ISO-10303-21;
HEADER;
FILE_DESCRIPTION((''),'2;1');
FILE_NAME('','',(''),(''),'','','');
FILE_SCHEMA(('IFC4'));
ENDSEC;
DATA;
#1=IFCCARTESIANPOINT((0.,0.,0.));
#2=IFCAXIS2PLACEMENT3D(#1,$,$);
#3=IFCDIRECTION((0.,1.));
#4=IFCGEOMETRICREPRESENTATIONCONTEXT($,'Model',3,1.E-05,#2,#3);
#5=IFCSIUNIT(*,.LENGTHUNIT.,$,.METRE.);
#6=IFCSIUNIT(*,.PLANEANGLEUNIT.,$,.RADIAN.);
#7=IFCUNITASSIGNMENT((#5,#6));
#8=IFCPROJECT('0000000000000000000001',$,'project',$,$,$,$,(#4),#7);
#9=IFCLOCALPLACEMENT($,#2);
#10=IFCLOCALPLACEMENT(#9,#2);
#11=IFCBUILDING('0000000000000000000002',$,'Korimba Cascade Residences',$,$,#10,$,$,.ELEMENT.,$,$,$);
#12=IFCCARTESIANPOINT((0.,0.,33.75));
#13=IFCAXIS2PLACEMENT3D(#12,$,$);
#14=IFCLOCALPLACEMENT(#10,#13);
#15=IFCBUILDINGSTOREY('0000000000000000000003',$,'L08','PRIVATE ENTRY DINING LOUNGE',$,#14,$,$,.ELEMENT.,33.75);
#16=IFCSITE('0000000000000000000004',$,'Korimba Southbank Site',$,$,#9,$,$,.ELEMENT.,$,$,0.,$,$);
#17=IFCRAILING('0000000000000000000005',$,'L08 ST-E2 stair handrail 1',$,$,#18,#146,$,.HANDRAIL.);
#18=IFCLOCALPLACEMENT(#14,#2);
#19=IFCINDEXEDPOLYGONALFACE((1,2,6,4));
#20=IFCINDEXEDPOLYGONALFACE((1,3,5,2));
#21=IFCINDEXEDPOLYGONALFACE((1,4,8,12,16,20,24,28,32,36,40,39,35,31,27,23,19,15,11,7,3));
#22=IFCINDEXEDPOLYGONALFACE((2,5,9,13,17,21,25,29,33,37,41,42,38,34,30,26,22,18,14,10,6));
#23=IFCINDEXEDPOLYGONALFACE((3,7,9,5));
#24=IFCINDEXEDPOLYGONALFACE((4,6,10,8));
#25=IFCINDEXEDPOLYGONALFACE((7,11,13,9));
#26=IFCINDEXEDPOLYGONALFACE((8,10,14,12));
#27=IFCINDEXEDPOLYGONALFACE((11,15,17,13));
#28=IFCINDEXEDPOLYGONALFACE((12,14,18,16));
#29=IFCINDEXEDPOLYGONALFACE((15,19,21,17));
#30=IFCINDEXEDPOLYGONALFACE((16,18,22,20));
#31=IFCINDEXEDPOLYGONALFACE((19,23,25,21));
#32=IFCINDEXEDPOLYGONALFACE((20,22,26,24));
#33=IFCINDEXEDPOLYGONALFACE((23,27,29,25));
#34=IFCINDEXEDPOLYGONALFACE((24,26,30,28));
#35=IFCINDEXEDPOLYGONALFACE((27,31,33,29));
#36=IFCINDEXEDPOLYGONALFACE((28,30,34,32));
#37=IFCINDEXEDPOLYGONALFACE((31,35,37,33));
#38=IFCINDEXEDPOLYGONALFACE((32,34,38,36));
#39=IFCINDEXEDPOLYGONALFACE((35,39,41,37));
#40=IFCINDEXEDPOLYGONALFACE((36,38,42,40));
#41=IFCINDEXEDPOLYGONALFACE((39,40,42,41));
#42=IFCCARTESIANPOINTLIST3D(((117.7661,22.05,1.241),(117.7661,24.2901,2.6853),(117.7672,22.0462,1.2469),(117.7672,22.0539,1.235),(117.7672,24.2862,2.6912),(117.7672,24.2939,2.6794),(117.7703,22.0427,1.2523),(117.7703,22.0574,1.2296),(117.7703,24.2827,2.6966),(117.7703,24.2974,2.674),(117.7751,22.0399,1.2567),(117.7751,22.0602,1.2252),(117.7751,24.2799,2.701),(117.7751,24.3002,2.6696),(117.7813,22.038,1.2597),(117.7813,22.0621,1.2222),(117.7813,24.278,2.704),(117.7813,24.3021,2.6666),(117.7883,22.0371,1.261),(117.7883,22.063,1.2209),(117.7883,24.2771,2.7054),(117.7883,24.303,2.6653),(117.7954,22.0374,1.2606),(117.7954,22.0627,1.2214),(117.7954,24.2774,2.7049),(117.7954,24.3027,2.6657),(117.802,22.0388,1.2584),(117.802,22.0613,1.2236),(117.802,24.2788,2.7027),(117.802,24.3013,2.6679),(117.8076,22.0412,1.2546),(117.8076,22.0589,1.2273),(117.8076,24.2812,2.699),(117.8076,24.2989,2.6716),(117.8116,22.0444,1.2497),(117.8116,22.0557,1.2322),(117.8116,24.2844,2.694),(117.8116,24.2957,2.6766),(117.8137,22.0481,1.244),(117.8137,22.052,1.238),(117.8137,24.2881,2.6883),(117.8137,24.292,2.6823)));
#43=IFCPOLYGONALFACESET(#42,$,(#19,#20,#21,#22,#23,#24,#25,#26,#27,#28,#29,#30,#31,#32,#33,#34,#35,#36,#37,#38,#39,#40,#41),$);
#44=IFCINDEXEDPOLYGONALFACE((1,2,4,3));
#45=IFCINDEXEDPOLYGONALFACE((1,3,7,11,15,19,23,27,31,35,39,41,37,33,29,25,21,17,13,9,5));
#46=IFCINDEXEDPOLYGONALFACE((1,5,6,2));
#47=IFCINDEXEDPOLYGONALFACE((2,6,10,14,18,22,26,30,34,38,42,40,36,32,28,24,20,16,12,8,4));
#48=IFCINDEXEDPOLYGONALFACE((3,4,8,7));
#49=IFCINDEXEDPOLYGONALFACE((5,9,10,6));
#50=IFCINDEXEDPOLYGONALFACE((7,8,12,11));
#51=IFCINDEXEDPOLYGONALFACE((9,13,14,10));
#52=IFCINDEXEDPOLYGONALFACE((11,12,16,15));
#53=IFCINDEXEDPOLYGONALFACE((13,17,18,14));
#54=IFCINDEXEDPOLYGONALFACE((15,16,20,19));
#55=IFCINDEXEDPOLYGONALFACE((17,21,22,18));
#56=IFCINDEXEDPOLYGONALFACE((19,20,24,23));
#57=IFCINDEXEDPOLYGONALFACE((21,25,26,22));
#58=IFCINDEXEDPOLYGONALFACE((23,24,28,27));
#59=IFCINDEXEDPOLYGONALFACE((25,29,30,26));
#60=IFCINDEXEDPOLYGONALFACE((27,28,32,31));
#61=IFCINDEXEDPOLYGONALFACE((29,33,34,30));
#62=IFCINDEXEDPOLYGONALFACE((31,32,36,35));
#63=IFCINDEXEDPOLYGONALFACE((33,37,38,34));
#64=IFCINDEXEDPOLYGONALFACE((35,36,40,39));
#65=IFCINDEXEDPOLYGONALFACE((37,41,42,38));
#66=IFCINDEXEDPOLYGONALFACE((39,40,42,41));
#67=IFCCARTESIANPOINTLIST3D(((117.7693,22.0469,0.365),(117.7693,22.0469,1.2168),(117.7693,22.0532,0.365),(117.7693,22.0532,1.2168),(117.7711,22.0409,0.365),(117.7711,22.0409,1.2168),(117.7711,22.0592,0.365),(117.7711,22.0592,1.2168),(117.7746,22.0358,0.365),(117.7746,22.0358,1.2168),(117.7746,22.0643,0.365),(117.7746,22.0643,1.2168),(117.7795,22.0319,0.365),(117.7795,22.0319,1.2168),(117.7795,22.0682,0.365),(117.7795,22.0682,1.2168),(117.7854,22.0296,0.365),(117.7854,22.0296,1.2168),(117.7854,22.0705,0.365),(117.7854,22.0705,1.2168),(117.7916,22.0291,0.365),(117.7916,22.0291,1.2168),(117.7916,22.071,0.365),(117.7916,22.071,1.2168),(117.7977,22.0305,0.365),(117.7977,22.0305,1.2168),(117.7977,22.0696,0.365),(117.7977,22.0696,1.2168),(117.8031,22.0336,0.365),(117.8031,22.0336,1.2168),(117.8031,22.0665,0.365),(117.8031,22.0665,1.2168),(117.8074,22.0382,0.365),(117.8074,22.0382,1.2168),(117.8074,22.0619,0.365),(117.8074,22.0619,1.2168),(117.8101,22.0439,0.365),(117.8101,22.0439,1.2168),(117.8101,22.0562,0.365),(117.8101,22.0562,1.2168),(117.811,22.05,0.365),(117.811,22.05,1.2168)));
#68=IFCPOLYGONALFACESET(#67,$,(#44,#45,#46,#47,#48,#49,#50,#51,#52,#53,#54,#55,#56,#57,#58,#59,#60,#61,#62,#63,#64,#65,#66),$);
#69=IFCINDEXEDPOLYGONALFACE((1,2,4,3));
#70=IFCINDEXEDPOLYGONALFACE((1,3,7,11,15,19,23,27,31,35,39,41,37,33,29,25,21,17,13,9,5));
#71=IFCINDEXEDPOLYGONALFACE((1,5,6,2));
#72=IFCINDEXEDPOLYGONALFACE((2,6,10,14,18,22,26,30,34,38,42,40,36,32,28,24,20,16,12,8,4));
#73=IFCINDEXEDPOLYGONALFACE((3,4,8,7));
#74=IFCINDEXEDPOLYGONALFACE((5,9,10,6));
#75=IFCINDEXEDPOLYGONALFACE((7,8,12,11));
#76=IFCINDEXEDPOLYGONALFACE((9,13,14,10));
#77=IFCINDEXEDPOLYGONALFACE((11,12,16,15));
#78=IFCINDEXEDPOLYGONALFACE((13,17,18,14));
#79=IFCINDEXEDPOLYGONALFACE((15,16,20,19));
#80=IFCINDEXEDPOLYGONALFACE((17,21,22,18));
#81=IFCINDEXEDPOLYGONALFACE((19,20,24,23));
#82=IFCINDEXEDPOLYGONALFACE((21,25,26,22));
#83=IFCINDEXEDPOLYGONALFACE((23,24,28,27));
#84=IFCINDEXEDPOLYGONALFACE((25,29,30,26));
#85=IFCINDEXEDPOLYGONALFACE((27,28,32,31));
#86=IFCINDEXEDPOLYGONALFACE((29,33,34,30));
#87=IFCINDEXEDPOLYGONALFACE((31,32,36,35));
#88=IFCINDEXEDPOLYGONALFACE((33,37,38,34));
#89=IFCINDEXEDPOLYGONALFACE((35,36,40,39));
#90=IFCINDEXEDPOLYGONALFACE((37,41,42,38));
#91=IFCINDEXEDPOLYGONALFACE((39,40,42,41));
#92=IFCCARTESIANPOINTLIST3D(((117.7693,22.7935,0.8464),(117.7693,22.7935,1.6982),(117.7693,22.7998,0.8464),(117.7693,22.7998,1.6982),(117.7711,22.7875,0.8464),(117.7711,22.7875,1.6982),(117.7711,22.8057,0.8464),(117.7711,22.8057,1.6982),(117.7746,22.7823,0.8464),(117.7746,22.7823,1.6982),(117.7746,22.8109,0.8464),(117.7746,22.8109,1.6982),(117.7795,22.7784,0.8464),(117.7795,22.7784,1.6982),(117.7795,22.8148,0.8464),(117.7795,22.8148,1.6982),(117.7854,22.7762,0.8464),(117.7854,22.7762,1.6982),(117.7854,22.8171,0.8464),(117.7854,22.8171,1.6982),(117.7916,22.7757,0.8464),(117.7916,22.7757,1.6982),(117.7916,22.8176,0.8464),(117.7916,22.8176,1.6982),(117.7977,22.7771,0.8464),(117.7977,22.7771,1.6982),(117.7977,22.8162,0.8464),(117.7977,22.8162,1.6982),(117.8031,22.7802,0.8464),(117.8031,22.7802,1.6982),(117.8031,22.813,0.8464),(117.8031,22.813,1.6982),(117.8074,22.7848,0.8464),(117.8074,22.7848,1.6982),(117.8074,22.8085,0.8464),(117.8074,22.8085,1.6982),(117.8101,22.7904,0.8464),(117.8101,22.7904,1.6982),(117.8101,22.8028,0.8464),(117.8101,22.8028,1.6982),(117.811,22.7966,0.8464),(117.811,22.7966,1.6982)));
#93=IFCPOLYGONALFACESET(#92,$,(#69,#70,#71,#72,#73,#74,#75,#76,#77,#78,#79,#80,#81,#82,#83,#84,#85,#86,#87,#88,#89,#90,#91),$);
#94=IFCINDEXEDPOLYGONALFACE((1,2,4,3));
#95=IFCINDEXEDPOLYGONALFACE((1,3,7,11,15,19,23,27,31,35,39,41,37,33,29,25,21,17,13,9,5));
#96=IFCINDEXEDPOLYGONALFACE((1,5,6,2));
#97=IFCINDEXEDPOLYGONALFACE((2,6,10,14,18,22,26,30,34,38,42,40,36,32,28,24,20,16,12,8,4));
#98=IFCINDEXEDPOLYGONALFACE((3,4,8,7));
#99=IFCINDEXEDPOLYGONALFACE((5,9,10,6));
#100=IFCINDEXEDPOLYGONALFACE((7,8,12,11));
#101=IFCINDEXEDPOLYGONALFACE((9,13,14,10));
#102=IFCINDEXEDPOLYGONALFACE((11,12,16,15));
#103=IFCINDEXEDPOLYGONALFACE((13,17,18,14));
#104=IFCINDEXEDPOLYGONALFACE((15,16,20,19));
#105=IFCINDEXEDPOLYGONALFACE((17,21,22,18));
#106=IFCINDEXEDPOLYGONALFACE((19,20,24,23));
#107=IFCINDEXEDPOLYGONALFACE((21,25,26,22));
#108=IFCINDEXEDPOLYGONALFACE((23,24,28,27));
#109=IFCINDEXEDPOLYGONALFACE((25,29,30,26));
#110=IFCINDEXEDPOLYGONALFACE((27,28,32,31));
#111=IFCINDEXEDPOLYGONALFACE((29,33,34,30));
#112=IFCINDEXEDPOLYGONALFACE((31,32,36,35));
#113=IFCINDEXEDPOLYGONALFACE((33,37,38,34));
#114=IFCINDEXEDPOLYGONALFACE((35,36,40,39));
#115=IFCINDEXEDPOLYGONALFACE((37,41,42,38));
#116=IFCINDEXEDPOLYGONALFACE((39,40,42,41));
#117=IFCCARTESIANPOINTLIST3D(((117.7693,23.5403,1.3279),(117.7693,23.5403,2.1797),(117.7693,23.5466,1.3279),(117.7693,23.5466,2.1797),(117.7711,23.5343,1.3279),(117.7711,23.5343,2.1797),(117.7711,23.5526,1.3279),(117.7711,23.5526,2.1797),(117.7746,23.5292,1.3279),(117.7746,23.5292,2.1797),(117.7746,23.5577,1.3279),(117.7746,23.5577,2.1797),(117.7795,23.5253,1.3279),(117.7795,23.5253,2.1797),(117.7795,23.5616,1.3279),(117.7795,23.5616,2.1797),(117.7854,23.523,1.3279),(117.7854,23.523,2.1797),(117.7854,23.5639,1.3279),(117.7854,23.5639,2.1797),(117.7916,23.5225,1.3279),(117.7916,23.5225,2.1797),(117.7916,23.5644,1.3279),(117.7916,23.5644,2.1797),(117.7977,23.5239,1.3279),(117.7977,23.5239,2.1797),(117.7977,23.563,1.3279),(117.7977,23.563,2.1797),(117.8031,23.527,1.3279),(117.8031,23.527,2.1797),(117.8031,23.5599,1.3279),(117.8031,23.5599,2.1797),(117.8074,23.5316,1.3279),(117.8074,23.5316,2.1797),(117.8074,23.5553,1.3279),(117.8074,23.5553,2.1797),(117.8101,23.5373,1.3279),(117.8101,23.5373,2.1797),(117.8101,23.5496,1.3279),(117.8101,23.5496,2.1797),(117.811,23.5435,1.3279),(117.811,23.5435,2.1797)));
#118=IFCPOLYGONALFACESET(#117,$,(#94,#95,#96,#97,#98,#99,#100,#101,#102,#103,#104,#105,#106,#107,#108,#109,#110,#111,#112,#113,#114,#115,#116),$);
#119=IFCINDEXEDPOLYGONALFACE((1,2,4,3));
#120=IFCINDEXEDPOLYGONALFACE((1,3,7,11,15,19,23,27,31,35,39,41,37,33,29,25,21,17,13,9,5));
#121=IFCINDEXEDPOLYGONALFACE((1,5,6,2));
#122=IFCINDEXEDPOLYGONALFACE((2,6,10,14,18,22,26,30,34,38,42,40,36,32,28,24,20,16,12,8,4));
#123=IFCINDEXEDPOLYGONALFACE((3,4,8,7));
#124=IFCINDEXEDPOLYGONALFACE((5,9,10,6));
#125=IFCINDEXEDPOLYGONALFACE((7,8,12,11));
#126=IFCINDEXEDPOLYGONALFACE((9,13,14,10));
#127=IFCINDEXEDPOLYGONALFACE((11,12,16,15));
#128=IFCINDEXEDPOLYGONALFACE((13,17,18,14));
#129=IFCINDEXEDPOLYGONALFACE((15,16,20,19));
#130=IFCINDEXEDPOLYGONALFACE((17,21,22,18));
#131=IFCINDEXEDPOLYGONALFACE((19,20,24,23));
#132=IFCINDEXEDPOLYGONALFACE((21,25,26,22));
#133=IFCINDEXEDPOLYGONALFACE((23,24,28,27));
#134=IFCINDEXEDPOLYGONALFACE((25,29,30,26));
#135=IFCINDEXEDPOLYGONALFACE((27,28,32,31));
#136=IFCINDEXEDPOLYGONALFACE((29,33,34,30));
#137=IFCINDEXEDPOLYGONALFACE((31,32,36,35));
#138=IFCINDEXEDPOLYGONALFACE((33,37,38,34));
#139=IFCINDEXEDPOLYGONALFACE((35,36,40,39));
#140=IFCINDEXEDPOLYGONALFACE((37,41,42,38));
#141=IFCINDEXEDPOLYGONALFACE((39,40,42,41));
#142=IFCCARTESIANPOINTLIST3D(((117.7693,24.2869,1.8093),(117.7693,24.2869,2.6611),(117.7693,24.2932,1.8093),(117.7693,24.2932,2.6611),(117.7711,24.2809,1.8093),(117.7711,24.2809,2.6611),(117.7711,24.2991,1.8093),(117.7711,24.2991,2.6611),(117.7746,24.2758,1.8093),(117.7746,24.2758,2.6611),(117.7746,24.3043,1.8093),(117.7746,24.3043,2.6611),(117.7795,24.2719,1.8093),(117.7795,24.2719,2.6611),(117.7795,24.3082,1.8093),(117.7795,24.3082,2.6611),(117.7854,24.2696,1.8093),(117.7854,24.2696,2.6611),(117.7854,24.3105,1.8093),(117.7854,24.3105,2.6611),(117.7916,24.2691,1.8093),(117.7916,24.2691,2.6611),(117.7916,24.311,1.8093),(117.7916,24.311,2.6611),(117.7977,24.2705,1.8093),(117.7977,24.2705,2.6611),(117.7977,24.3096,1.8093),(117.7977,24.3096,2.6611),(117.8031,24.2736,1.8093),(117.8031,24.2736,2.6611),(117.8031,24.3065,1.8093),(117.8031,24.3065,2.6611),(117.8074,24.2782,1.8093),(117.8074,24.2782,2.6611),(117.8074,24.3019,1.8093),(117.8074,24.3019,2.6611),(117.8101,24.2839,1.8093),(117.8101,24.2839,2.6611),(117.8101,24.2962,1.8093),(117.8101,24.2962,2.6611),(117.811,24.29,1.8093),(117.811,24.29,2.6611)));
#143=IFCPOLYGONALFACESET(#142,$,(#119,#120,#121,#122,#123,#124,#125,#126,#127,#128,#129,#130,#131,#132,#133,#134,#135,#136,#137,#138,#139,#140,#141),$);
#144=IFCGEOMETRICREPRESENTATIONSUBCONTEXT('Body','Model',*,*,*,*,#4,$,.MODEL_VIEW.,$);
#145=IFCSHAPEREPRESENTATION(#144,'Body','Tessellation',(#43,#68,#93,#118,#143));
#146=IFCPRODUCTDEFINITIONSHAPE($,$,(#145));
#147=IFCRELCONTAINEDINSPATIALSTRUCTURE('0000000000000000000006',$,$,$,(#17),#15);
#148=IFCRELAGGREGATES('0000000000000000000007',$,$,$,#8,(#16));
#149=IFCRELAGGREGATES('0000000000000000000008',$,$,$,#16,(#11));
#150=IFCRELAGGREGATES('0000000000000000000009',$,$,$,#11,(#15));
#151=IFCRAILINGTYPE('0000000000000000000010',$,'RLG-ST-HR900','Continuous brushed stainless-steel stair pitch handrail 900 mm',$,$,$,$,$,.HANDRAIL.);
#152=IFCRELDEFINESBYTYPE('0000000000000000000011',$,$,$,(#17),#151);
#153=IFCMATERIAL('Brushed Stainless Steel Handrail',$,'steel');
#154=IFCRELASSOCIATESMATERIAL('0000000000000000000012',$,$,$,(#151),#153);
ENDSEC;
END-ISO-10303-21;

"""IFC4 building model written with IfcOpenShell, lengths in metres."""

from ifc_helpers import new_model, si_unit, direction, frame, origin, origin_2d, place, context, subcontext, project, spatial, circle, extrude, material, type_object, element, save


model = new_model("IFC4")

# Units and contexts
model_context = context("Model", 3, precision=1e-05, world=origin(), true_north=direction((0.0, 1.0)))
body_context = subcontext(model_context, "Body", "Model", "MODEL_VIEW")
ifc_project = project(units=[si_unit("LENGTHUNIT", "METRE"), si_unit("PLANEANGLEUNIT", "RADIAN")], contexts=[model_context])

# Site, building, storey
site_placement = place(None, origin())
site = spatial("IfcSite", under=ifc_project, at=site_placement, Name="Korimba Southbank Site", CompositionType="ELEMENT", RefElevation=0.0)
building_placement = place(site_placement, origin())
building = spatial("IfcBuilding", under=site, at=building_placement, Name="Korimba Cascade Residences", CompositionType="ELEMENT")
storey_placement = place(building_placement, frame((0.0, 0.0, 33.75)))
storey = spatial("IfcBuildingStorey", under=building, at=storey_placement, Name="L08", Description="PRIVATE ENTRY DINING LOUNGE", CompositionType="ELEMENT", Elevation=33.75)

# Railing
ifc_material_1 = material(Name="Brushed Stainless Steel Handrail", Category="steel")
railing_type = type_object("IfcRailingType", Name="RLG-ST-HR900", Description="Continuous brushed stainless-steel stair pitch handrail 900 mm", PredefinedType="HANDRAIL", material=ifc_material_1)
railing_placement = place(storey_placement, frame((117.79, 22.05, 0.365)))
element("IfcRailing", 1, at=railing_placement, inside=storey, type_object=railing_type, Name="L08 ST-E2 stair handrail 1", PredefinedType="HANDRAIL", context=body_context, shape_type="SweptSolid", body=[
    extrude(circle(Radius=0.0239, at=origin_2d()), frame((0.0, 0.0, 0.876), z_axis=(0.0, 0.840437, 0.54191), x_axis=(-1.0, 0.0, 0.0)), (0.0, 0.0, 1.0), 2.6653),
    extrude(circle(Radius=0.021, at=origin_2d()), origin(), (0.0, 0.0, 1.0), 0.8518),
    extrude(circle(Radius=0.021, at=origin_2d()), frame((0.0, 0.7466, 0.4814)), (0.0, 0.0, 1.0), 0.8518),
    extrude(circle(Radius=0.021, at=origin_2d()), frame((0.0, 1.4934, 0.9629)), (0.0, 0.0, 1.0), 0.8518),
    extrude(circle(Radius=0.021, at=origin_2d()), frame((0.0, 2.24, 1.4443)), (0.0, 0.0, 1.0), 0.8518),
])

save(model, "model.ifc")
